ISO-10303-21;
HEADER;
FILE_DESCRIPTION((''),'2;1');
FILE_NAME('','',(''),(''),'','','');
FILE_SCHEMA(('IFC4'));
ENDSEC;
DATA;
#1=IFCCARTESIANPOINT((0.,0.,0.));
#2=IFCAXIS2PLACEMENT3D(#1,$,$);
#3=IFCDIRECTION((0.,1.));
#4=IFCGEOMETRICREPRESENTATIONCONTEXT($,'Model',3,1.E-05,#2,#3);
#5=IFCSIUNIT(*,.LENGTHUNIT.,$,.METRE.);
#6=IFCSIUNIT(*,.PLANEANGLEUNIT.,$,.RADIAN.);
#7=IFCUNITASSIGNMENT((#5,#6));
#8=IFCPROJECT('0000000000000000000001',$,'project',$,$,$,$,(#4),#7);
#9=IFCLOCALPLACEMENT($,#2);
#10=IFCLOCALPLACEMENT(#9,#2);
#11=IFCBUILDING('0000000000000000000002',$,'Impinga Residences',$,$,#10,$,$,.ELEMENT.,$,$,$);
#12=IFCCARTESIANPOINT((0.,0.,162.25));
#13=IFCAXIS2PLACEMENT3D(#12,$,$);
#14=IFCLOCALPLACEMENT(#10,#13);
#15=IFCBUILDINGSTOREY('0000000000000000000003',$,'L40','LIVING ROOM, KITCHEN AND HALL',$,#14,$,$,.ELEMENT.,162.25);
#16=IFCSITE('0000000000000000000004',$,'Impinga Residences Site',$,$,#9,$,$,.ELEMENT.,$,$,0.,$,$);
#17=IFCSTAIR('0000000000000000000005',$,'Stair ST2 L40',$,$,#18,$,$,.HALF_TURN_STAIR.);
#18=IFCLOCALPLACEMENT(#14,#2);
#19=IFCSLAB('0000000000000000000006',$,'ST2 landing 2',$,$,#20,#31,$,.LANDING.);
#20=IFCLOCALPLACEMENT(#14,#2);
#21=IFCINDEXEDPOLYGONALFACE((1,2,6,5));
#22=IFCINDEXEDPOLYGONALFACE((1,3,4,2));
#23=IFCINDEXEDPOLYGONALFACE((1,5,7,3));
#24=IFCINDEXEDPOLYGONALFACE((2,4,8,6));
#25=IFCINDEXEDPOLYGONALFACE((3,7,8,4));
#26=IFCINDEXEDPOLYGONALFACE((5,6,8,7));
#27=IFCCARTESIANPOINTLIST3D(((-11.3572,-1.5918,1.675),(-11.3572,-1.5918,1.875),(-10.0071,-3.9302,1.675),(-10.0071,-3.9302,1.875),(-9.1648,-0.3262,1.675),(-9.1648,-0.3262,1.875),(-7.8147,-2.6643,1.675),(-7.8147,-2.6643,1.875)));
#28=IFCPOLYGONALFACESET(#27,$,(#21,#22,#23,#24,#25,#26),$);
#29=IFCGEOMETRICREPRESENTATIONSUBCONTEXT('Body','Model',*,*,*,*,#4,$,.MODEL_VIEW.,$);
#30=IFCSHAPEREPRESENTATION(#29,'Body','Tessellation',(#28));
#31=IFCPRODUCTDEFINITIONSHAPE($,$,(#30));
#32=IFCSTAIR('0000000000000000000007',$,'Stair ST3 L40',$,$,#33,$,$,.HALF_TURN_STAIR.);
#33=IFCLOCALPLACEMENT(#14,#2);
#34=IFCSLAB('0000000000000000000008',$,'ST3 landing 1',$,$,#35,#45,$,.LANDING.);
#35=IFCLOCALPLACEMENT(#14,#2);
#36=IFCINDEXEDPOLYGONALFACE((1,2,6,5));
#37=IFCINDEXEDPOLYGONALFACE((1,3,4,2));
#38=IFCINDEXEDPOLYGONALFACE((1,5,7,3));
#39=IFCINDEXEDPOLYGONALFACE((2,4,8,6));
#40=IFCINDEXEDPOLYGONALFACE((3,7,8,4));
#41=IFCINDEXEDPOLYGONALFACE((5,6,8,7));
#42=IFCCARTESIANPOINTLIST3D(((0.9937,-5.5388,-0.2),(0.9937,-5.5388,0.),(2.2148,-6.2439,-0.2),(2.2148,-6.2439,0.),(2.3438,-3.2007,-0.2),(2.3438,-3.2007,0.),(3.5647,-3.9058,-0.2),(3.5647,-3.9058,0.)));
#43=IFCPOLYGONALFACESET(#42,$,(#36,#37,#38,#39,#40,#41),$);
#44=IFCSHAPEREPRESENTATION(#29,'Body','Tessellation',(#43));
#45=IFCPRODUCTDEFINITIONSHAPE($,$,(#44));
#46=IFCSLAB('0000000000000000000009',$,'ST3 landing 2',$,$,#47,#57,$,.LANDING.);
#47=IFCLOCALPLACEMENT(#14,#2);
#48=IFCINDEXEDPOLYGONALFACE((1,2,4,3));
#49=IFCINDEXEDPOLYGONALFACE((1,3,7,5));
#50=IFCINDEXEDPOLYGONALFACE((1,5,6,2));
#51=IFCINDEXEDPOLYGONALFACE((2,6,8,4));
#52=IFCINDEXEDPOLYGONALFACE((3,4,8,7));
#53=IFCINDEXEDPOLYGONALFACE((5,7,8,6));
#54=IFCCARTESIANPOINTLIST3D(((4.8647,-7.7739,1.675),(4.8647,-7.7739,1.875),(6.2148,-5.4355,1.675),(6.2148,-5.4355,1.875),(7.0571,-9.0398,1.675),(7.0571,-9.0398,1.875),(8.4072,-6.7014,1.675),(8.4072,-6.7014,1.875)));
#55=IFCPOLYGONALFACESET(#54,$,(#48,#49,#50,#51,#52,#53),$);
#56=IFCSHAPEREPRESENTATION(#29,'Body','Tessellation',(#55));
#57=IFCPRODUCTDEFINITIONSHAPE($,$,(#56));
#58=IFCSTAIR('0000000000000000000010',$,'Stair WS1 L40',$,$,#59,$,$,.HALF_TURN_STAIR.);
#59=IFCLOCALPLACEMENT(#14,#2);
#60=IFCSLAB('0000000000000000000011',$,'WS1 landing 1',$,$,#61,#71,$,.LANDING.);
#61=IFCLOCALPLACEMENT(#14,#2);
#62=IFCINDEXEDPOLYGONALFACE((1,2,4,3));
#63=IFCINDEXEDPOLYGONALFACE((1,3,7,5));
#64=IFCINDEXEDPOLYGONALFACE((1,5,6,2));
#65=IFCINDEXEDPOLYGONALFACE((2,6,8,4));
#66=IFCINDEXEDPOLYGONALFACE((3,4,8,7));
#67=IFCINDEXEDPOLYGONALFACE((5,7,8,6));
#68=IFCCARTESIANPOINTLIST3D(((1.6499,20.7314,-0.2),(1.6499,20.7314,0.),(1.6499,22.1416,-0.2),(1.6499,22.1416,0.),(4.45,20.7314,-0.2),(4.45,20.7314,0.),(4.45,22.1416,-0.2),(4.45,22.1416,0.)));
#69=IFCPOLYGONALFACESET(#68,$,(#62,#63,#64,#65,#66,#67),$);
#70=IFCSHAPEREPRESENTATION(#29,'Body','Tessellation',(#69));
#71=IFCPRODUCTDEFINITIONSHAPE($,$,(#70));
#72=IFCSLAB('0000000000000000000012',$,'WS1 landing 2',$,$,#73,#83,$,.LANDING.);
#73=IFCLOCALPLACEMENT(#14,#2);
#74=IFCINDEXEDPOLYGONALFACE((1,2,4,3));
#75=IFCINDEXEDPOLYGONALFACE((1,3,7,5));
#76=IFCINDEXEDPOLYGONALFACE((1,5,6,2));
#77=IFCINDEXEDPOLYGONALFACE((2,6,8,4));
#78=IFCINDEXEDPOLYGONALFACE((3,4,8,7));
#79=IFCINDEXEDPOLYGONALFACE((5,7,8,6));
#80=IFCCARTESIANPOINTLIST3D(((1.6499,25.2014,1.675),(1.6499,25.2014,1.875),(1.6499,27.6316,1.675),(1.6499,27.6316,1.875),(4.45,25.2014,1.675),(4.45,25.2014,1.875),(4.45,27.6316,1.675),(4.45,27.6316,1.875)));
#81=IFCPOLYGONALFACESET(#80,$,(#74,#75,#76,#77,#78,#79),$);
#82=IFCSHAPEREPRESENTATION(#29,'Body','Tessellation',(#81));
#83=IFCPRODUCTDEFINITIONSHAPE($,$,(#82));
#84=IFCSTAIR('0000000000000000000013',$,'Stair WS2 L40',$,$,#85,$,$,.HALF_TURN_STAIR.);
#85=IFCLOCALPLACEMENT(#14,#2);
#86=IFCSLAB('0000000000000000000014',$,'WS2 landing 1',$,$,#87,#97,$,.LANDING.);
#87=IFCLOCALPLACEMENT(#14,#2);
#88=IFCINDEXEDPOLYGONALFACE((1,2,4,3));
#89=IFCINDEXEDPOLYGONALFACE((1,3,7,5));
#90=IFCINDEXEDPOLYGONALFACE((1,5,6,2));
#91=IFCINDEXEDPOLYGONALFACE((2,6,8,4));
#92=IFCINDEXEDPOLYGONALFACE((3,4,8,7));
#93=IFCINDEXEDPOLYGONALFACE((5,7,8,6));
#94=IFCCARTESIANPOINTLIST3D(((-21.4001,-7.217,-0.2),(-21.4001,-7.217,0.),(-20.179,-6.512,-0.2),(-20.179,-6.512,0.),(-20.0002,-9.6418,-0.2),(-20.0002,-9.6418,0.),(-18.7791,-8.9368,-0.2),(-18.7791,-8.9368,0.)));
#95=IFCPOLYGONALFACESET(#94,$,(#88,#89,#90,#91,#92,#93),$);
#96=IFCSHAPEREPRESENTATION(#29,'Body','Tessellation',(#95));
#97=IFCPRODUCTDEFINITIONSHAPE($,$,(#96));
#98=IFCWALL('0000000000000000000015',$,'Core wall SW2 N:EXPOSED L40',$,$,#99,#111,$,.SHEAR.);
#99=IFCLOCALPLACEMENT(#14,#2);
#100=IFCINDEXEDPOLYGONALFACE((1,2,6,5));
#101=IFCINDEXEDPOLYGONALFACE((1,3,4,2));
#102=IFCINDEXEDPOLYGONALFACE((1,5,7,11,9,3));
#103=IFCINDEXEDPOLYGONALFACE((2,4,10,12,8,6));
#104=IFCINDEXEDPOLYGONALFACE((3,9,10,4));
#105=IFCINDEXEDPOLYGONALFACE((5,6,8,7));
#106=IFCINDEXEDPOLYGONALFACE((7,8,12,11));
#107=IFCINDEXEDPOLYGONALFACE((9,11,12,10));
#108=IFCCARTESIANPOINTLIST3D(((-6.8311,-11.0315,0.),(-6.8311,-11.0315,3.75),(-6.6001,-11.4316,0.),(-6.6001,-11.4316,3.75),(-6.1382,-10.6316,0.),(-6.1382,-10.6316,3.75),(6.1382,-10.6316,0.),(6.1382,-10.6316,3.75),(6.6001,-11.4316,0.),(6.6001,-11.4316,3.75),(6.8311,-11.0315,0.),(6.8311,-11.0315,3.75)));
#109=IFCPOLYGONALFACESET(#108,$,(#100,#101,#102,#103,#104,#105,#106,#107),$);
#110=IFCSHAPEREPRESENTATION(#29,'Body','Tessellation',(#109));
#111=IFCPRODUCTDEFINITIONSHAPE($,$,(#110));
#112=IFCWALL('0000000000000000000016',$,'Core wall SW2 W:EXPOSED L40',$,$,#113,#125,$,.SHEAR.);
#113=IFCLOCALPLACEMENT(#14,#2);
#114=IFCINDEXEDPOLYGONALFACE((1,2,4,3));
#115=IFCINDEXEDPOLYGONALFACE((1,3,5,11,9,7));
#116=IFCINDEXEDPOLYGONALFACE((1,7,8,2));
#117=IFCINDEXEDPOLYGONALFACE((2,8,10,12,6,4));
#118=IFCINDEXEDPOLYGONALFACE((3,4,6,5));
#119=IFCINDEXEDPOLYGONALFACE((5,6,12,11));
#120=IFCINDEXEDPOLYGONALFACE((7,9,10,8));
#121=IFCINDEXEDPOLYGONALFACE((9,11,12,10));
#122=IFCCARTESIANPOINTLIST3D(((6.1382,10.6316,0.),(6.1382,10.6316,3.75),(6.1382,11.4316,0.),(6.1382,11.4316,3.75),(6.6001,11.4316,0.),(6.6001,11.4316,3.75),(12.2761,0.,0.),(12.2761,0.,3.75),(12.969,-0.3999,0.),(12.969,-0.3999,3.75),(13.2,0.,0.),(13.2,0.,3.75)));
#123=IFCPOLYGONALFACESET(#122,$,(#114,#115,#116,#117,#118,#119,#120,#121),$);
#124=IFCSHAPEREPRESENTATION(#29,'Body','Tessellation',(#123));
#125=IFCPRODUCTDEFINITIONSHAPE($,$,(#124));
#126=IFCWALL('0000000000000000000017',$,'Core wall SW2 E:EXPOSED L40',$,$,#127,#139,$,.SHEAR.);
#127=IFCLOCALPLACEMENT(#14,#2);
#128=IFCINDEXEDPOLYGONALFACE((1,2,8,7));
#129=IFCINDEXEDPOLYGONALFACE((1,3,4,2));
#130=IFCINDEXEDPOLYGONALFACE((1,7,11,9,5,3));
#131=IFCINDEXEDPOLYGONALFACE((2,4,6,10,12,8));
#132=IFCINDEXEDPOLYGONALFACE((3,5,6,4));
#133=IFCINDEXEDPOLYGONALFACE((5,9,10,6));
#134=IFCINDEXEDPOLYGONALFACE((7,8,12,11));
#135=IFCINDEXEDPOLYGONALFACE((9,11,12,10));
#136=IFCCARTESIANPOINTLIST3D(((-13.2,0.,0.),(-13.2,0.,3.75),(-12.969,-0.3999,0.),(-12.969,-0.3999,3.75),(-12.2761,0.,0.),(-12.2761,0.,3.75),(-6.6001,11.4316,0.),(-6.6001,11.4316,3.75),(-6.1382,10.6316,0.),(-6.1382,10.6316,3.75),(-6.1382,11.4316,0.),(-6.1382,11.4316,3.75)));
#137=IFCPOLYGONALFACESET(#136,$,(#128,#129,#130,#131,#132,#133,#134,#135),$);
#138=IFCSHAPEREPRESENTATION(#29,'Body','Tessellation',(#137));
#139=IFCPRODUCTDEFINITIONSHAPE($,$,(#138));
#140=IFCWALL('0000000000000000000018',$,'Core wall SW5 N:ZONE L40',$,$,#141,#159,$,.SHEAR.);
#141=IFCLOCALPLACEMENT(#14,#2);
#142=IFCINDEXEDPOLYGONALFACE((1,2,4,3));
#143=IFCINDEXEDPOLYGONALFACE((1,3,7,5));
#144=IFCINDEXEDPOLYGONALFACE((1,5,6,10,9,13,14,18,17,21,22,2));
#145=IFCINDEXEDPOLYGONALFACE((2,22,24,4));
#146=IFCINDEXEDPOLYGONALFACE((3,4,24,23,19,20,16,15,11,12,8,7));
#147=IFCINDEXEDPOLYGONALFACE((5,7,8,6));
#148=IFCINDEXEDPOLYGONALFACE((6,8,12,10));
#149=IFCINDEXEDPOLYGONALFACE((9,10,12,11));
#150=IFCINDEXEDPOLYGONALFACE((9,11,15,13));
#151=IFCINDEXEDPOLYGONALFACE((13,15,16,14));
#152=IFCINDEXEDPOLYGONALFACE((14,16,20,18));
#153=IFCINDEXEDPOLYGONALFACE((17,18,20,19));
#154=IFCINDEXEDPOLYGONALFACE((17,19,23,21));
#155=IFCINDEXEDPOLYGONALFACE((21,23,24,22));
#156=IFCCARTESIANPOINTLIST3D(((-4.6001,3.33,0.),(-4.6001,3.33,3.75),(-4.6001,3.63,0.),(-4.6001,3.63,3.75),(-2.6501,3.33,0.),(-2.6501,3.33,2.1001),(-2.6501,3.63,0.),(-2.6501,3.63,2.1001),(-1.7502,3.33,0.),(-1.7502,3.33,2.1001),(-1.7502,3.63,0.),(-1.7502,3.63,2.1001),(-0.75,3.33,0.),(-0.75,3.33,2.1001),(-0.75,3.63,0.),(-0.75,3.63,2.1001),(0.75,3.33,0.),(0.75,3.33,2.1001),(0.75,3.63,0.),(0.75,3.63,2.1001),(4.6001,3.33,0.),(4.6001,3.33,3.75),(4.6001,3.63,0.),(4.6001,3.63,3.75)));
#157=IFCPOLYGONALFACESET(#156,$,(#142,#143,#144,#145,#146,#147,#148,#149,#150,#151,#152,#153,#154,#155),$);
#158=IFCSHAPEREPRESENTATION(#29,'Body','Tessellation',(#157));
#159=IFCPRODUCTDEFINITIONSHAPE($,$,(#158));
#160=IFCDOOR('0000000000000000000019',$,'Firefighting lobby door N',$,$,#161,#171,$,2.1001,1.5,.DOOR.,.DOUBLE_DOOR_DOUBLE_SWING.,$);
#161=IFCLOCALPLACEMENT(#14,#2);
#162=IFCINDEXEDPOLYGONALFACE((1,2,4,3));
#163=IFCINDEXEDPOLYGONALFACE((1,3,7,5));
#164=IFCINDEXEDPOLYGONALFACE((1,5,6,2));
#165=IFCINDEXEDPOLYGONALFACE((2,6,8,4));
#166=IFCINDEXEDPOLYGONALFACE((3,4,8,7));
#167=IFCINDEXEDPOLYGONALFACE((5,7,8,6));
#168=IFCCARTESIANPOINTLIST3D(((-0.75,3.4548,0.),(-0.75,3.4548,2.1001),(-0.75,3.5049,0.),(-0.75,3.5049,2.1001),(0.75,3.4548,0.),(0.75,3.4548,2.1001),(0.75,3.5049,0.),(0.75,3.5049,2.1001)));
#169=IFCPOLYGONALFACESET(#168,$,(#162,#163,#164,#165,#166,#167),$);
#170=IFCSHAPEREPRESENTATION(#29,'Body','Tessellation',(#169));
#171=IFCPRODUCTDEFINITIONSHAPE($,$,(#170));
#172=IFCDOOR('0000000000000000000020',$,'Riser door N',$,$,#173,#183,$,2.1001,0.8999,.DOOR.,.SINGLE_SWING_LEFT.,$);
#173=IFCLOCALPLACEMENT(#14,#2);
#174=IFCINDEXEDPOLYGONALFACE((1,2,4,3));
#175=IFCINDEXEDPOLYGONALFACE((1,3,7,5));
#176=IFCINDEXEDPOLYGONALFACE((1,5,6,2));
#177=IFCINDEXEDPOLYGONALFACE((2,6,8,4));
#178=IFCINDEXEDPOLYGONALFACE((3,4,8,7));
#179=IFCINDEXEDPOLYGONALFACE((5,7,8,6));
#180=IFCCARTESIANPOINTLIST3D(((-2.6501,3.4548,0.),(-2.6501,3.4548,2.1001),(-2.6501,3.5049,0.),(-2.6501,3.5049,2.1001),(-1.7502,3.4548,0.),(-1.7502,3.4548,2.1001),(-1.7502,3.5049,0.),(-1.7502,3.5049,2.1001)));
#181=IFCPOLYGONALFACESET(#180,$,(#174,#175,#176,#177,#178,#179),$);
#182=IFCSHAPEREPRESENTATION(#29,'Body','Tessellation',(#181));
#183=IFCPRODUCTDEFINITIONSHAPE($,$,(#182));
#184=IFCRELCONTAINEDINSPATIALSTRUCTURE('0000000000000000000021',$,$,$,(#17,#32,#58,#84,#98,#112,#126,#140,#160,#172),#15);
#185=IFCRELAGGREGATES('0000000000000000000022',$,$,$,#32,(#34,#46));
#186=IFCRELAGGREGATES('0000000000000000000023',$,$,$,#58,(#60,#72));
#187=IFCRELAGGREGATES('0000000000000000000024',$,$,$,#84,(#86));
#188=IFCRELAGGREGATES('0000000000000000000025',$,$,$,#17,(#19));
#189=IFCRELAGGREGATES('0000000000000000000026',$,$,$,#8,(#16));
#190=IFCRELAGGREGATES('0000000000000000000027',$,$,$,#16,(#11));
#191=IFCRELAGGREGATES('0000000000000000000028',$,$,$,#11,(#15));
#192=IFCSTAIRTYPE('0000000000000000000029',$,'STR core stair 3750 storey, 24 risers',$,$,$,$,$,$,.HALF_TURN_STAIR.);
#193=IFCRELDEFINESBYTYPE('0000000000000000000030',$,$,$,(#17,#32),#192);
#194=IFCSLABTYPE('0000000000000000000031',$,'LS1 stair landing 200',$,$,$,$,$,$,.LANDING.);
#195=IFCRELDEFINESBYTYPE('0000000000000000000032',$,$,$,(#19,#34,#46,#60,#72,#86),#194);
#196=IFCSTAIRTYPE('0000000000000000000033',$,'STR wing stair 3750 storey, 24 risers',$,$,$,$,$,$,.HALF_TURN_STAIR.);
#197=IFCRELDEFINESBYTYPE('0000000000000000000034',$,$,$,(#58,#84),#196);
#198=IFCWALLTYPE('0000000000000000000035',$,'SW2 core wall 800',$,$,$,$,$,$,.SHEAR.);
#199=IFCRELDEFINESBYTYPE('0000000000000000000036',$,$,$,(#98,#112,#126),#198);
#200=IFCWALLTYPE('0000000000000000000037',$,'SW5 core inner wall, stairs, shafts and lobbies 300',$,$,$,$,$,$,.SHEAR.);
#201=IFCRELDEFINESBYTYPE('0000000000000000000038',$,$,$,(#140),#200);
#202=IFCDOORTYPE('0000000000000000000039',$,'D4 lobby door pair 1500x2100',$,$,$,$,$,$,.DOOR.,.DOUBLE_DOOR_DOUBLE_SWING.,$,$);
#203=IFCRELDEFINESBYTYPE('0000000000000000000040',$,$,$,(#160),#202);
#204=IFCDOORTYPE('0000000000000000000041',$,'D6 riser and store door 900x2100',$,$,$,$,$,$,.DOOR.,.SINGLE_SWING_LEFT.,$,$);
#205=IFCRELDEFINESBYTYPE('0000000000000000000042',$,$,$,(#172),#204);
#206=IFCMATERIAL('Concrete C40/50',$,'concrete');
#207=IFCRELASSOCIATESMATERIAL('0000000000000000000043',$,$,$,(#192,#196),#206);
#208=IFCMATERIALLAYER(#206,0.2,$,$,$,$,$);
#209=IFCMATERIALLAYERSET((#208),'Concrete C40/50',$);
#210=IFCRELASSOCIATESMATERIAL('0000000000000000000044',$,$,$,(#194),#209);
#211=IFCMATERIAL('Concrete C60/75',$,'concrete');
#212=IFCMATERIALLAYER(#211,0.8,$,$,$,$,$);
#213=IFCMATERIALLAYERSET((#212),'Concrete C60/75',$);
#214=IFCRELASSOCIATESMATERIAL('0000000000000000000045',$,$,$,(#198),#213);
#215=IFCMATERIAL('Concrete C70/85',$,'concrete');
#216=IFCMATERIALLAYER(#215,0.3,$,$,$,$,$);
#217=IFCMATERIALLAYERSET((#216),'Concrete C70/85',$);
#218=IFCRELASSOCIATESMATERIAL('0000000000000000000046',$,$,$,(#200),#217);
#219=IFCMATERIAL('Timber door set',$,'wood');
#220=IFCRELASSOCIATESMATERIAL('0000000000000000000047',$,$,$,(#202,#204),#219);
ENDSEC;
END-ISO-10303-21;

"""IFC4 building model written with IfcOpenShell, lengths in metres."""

from ifc_helpers import new_model, si_unit, direction, frame, frame_2d, origin, place, context, subcontext, project, spatial, polyline, rectangle, outline, extrude, material, layer, layer_set, type_object, element, fill, aggregate, save


model = new_model("IFC4")

# Units and contexts
model_context = context("Model", 3, precision=1e-05, world=origin(), true_north=direction((0.0, 1.0)))
body_context = subcontext(model_context, "Body", "Model", "MODEL_VIEW")
ifc_project = project(units=[si_unit("LENGTHUNIT", "METRE"), si_unit("PLANEANGLEUNIT", "RADIAN")], contexts=[model_context])

# Site, building, storey
site_placement = place(None, origin())
site = spatial("IfcSite", under=ifc_project, at=site_placement, Name="Impinga Residences Site", CompositionType="ELEMENT", RefElevation=0.0)
building_placement = place(site_placement, origin())
building = spatial("IfcBuilding", under=site, at=building_placement, Name="Impinga Residences", CompositionType="ELEMENT")
storey_placement = place(building_placement, frame((0.0, 0.0, 162.25)))
storey = spatial("IfcBuildingStorey", under=building, at=storey_placement, Name="L40", Description="LIVING ROOM, KITCHEN AND HALL", CompositionType="ELEMENT", Elevation=162.25)

# Shared definitions
ifc_material_1 = material(Name="Concrete C60/75", Category="concrete")

# Stairs, slabs
ifc_material_2 = material(Name="Concrete C40/50", Category="concrete")
stair_type_1 = type_object("IfcStairType", Name="STR core stair 3750 storey, 24 risers", PredefinedType="HALF_TURN_STAIR", material=ifc_material_2)
ifc_layer_1 = layer(ifc_material_2, 0.2)
ifc_layer_set_1 = layer_set([ifc_layer_1], Name="Concrete C40/50")
slab_type_1 = type_object("IfcSlabType", Name="LS1 stair landing 200", PredefinedType="LANDING", material=ifc_layer_set_1)
stair_1_placement = place(storey_placement, origin())
stair_1 = element("IfcStair", 1, at=stair_1_placement, inside=storey, type_object=stair_type_1, Name="Stair ST2 L40", PredefinedType="HALF_TURN_STAIR")
slab_1_placement = place(storey_placement, frame((0.0, 0.0, 1.675)))
slab_1 = element("IfcSlab", 2, at=slab_1_placement, type_object=slab_type_1, Name="ST2 landing 2", PredefinedType="LANDING", context=body_context, shape_type="SweptSolid", body=[
    extrude(outline(polyline([(-7.8147, -2.6643), (-9.1648, -0.3262), (-11.3572, -1.5918), (-10.0071, -3.9302), (-7.8147, -2.6643)])), origin(), (0.0, 0.0, 1.0), 0.2),
])
stair_2_placement = place(storey_placement, origin())
stair_2 = element("IfcStair", 3, at=stair_2_placement, inside=storey, type_object=stair_type_1, Name="Stair ST3 L40", PredefinedType="HALF_TURN_STAIR")
slab_2_placement = place(storey_placement, frame((0.0, 0.0, -0.2)))
slab_2 = element("IfcSlab", 4, at=slab_2_placement, type_object=slab_type_1, Name="ST3 landing 1", PredefinedType="LANDING", context=body_context, shape_type="SweptSolid", body=[
    extrude(outline(polyline([(2.3438, -3.2007), (0.9937, -5.5388), (2.2148, -6.2439), (3.5647, -3.9058), (2.3438, -3.2007)])), origin(), (0.0, 0.0, 1.0), 0.2),
])
slab_3_placement = place(storey_placement, frame((0.0, 0.0, 1.675)))
slab_3 = element("IfcSlab", 5, at=slab_3_placement, type_object=slab_type_1, Name="ST3 landing 2", PredefinedType="LANDING", context=body_context, shape_type="SweptSolid", body=[
    extrude(outline(polyline([(6.2148, -5.4355), (4.8647, -7.7739), (7.0571, -9.0398), (8.4072, -6.7014), (6.2148, -5.4355)])), origin(), (0.0, 0.0, 1.0), 0.2),
])
aggregate(stair_2, [slab_2, slab_3])
stair_type_2 = type_object("IfcStairType", Name="STR wing stair 3750 storey, 24 risers", PredefinedType="HALF_TURN_STAIR", material=ifc_material_2)
stair_3_placement = place(storey_placement, origin())
stair_3 = element("IfcStair", 6, at=stair_3_placement, inside=storey, type_object=stair_type_2, Name="Stair WS1 L40", PredefinedType="HALF_TURN_STAIR")
slab_4_placement = place(storey_placement, frame((0.0, 0.0, -0.2)))
slab_4 = element("IfcSlab", 7, at=slab_4_placement, type_object=slab_type_1, Name="WS1 landing 1", PredefinedType="LANDING", context=body_context, shape_type="SweptSolid", body=[
    extrude(outline(polyline([(1.6499, 20.7314), (4.45, 20.7314), (4.45, 22.1416), (1.6499, 22.1416), (1.6499, 20.7314)])), origin(), (0.0, 0.0, 1.0), 0.2),
])
slab_5_placement = place(storey_placement, frame((0.0, 0.0, 1.675)))
slab_5 = element("IfcSlab", 8, at=slab_5_placement, type_object=slab_type_1, Name="WS1 landing 2", PredefinedType="LANDING", context=body_context, shape_type="SweptSolid", body=[
    extrude(outline(polyline([(1.6499, 25.2014), (4.45, 25.2014), (4.45, 27.6316), (1.6499, 27.6316), (1.6499, 25.2014)])), origin(), (0.0, 0.0, 1.0), 0.2),
])
aggregate(stair_3, [slab_4, slab_5])

# Stair, slab
stair_4_placement = place(storey_placement, origin())
stair_4 = element("IfcStair", 9, at=stair_4_placement, inside=storey, type_object=stair_type_2, Name="Stair WS2 L40", PredefinedType="HALF_TURN_STAIR")
slab_6_placement = place(storey_placement, frame((0.0, 0.0, -0.2)))
slab_6 = element("IfcSlab", 10, at=slab_6_placement, type_object=slab_type_1, Name="WS2 landing 1", PredefinedType="LANDING", context=body_context, shape_type="SweptSolid", body=[
    extrude(outline(polyline([(-18.7791, -8.9368), (-20.179, -6.512), (-21.4001, -7.217), (-20.0002, -9.6418), (-18.7791, -8.9368)])), origin(), (0.0, 0.0, 1.0), 0.2),
])
aggregate(stair_4, [slab_6])

# Walls
ifc_layer_2 = layer(ifc_material_1, 0.8)
ifc_layer_set_2 = layer_set([ifc_layer_2], Name="Concrete C60/75")
wall_type_1 = type_object("IfcWallType", Name="SW2 core wall 800", PredefinedType="SHEAR", material=ifc_layer_set_2)
wall_1_placement = place(storey_placement, origin())
element("IfcWall", 11, at=wall_1_placement, inside=storey, type_object=wall_type_1, Name="Core wall SW2 N:EXPOSED L40", PredefinedType="SHEAR", context=body_context, shape_type="SweptSolid", body=[
    extrude(outline(polyline([(-6.6001, -11.4316), (6.6001, -11.4316), (6.8311, -11.0315), (6.1382, -10.6316), (-6.1382, -10.6316), (-6.8311, -11.0315), (-6.6001, -11.4316)])), origin(), (0.0, 0.0, 1.0), 3.75),
])
wall_2_placement = place(storey_placement, origin())
element("IfcWall", 12, at=wall_2_placement, inside=storey, type_object=wall_type_1, Name="Core wall SW2 W:EXPOSED L40", PredefinedType="SHEAR", context=body_context, shape_type="SweptSolid", body=[
    extrude(outline(polyline([(13.2, 0.0), (6.6001, 11.4316), (6.1382, 11.4316), (6.1382, 10.6316), (12.2761, 0.0), (12.969, -0.3999), (13.2, 0.0)])), origin(), (0.0, 0.0, 1.0), 3.75),
])
wall_3_placement = place(storey_placement, origin())
element("IfcWall", 13, at=wall_3_placement, inside=storey, type_object=wall_type_1, Name="Core wall SW2 E:EXPOSED L40", PredefinedType="SHEAR", context=body_context, shape_type="SweptSolid", body=[
    extrude(outline(polyline([(-6.6001, 11.4316), (-13.2, 0.0), (-12.969, -0.3999), (-12.2761, 0.0), (-6.1382, 10.6316), (-6.1382, 11.4316), (-6.6001, 11.4316)])), origin(), (0.0, 0.0, 1.0), 3.75),
])

# Wall, openings, doors
ifc_material_3 = material(Name="Concrete C70/85", Category="concrete")
ifc_layer_3 = layer(ifc_material_3, 0.3)
ifc_layer_set_3 = layer_set([ifc_layer_3], Name="Concrete C70/85")
wall_type_2 = type_object("IfcWallType", Name="SW5 core inner wall, stairs, shafts and lobbies 300", PredefinedType="SHEAR", material=ifc_layer_set_3)
wall_4_placement = place(storey_placement, frame((-4.6001, 3.48, 0.0), z_axis=(0.0, 0.0, 1.0), x_axis=(1.0, 0.0, 0.0)))
wall_4 = element("IfcWall", 14, at=wall_4_placement, inside=storey, type_object=wall_type_2, Name="Core wall SW5 N:ZONE L40", PredefinedType="SHEAR", context=body_context, shape_type="SweptSolid", body=[
    extrude(rectangle(XDim=9.2002, YDim=0.3, at=frame_2d((4.6001, 0.0))), origin(), (0.0, 0.0, 1.0), 3.75),
])
opening_1_placement = place(wall_4_placement, frame((3.8501, 0.0, 0.0)))
opening_1 = element("IfcOpeningElement", 15, at=opening_1_placement, cuts=wall_4, PredefinedType="OPENING", context=body_context, shape_type="SweptSolid", body=[
    extrude(rectangle(XDim=1.5, YDim=2.1001, at=frame_2d((0.75, 1.05))), frame((0.0, 0.1599, 0.0), z_axis=(0.0, -1.0, 0.0), x_axis=(1.0, 0.0, 0.0)), (0.0, 0.0, 1.0), 0.3201),
])
opening_2_placement = place(wall_4_placement, frame((1.95, 0.0, 0.0)))
opening_2 = element("IfcOpeningElement", 16, at=opening_2_placement, cuts=wall_4, PredefinedType="OPENING", context=body_context, shape_type="SweptSolid", body=[
    extrude(rectangle(XDim=0.8999, YDim=2.1001, at=frame_2d((0.45, 1.05))), frame((0.0, 0.1599, 0.0), z_axis=(0.0, -1.0, 0.0), x_axis=(1.0, 0.0, 0.0)), (0.0, 0.0, 1.0), 0.3201),
])
ifc_material_4 = material(Name="Timber door set", Category="wood")
door_type_1 = type_object("IfcDoorType", Name="D4 lobby door pair 1500x2100", OperationType="DOUBLE_DOOR_DOUBLE_SWING", PredefinedType="DOOR", material=ifc_material_4)
door_1_placement = place(opening_1_placement, origin())
door_1 = element("IfcDoor", 17, at=door_1_placement, inside=storey, type_object=door_type_1, Name="Firefighting lobby door N", OperationType="DOUBLE_DOOR_DOUBLE_SWING", OverallHeight=2.1001, OverallWidth=1.5, PredefinedType="DOOR", context=body_context, shape_type="SweptSolid", body=[
    extrude(rectangle(XDim=1.5, YDim=2.1001, at=frame_2d((0.75, 1.05))), frame((0.0, 0.0249, 0.0), z_axis=(0.0, -1.0, 0.0), x_axis=(1.0, 0.0, 0.0)), (0.0, 0.0, 1.0), 0.05),
])
fill(opening_1, door_1)
door_type_2 = type_object("IfcDoorType", Name="D6 riser and store door 900x2100", OperationType="SINGLE_SWING_LEFT", PredefinedType="DOOR", material=ifc_material_4)
door_2_placement = place(opening_2_placement, origin())
door_2 = element("IfcDoor", 18, at=door_2_placement, inside=storey, type_object=door_type_2, Name="Riser door N", OperationType="SINGLE_SWING_LEFT", OverallHeight=2.1001, OverallWidth=0.8999, PredefinedType="DOOR", context=body_context, shape_type="SweptSolid", body=[
    extrude(rectangle(XDim=0.8999, YDim=2.1001, at=frame_2d((0.45, 1.05))), frame((0.0, 0.0249, 0.0), z_axis=(0.0, -1.0, 0.0), x_axis=(1.0, 0.0, 0.0)), (0.0, 0.0, 1.0), 0.05),
])
fill(opening_2, door_2)

aggregate(stair_1, [slab_1])

save(model, "model.ifc")
